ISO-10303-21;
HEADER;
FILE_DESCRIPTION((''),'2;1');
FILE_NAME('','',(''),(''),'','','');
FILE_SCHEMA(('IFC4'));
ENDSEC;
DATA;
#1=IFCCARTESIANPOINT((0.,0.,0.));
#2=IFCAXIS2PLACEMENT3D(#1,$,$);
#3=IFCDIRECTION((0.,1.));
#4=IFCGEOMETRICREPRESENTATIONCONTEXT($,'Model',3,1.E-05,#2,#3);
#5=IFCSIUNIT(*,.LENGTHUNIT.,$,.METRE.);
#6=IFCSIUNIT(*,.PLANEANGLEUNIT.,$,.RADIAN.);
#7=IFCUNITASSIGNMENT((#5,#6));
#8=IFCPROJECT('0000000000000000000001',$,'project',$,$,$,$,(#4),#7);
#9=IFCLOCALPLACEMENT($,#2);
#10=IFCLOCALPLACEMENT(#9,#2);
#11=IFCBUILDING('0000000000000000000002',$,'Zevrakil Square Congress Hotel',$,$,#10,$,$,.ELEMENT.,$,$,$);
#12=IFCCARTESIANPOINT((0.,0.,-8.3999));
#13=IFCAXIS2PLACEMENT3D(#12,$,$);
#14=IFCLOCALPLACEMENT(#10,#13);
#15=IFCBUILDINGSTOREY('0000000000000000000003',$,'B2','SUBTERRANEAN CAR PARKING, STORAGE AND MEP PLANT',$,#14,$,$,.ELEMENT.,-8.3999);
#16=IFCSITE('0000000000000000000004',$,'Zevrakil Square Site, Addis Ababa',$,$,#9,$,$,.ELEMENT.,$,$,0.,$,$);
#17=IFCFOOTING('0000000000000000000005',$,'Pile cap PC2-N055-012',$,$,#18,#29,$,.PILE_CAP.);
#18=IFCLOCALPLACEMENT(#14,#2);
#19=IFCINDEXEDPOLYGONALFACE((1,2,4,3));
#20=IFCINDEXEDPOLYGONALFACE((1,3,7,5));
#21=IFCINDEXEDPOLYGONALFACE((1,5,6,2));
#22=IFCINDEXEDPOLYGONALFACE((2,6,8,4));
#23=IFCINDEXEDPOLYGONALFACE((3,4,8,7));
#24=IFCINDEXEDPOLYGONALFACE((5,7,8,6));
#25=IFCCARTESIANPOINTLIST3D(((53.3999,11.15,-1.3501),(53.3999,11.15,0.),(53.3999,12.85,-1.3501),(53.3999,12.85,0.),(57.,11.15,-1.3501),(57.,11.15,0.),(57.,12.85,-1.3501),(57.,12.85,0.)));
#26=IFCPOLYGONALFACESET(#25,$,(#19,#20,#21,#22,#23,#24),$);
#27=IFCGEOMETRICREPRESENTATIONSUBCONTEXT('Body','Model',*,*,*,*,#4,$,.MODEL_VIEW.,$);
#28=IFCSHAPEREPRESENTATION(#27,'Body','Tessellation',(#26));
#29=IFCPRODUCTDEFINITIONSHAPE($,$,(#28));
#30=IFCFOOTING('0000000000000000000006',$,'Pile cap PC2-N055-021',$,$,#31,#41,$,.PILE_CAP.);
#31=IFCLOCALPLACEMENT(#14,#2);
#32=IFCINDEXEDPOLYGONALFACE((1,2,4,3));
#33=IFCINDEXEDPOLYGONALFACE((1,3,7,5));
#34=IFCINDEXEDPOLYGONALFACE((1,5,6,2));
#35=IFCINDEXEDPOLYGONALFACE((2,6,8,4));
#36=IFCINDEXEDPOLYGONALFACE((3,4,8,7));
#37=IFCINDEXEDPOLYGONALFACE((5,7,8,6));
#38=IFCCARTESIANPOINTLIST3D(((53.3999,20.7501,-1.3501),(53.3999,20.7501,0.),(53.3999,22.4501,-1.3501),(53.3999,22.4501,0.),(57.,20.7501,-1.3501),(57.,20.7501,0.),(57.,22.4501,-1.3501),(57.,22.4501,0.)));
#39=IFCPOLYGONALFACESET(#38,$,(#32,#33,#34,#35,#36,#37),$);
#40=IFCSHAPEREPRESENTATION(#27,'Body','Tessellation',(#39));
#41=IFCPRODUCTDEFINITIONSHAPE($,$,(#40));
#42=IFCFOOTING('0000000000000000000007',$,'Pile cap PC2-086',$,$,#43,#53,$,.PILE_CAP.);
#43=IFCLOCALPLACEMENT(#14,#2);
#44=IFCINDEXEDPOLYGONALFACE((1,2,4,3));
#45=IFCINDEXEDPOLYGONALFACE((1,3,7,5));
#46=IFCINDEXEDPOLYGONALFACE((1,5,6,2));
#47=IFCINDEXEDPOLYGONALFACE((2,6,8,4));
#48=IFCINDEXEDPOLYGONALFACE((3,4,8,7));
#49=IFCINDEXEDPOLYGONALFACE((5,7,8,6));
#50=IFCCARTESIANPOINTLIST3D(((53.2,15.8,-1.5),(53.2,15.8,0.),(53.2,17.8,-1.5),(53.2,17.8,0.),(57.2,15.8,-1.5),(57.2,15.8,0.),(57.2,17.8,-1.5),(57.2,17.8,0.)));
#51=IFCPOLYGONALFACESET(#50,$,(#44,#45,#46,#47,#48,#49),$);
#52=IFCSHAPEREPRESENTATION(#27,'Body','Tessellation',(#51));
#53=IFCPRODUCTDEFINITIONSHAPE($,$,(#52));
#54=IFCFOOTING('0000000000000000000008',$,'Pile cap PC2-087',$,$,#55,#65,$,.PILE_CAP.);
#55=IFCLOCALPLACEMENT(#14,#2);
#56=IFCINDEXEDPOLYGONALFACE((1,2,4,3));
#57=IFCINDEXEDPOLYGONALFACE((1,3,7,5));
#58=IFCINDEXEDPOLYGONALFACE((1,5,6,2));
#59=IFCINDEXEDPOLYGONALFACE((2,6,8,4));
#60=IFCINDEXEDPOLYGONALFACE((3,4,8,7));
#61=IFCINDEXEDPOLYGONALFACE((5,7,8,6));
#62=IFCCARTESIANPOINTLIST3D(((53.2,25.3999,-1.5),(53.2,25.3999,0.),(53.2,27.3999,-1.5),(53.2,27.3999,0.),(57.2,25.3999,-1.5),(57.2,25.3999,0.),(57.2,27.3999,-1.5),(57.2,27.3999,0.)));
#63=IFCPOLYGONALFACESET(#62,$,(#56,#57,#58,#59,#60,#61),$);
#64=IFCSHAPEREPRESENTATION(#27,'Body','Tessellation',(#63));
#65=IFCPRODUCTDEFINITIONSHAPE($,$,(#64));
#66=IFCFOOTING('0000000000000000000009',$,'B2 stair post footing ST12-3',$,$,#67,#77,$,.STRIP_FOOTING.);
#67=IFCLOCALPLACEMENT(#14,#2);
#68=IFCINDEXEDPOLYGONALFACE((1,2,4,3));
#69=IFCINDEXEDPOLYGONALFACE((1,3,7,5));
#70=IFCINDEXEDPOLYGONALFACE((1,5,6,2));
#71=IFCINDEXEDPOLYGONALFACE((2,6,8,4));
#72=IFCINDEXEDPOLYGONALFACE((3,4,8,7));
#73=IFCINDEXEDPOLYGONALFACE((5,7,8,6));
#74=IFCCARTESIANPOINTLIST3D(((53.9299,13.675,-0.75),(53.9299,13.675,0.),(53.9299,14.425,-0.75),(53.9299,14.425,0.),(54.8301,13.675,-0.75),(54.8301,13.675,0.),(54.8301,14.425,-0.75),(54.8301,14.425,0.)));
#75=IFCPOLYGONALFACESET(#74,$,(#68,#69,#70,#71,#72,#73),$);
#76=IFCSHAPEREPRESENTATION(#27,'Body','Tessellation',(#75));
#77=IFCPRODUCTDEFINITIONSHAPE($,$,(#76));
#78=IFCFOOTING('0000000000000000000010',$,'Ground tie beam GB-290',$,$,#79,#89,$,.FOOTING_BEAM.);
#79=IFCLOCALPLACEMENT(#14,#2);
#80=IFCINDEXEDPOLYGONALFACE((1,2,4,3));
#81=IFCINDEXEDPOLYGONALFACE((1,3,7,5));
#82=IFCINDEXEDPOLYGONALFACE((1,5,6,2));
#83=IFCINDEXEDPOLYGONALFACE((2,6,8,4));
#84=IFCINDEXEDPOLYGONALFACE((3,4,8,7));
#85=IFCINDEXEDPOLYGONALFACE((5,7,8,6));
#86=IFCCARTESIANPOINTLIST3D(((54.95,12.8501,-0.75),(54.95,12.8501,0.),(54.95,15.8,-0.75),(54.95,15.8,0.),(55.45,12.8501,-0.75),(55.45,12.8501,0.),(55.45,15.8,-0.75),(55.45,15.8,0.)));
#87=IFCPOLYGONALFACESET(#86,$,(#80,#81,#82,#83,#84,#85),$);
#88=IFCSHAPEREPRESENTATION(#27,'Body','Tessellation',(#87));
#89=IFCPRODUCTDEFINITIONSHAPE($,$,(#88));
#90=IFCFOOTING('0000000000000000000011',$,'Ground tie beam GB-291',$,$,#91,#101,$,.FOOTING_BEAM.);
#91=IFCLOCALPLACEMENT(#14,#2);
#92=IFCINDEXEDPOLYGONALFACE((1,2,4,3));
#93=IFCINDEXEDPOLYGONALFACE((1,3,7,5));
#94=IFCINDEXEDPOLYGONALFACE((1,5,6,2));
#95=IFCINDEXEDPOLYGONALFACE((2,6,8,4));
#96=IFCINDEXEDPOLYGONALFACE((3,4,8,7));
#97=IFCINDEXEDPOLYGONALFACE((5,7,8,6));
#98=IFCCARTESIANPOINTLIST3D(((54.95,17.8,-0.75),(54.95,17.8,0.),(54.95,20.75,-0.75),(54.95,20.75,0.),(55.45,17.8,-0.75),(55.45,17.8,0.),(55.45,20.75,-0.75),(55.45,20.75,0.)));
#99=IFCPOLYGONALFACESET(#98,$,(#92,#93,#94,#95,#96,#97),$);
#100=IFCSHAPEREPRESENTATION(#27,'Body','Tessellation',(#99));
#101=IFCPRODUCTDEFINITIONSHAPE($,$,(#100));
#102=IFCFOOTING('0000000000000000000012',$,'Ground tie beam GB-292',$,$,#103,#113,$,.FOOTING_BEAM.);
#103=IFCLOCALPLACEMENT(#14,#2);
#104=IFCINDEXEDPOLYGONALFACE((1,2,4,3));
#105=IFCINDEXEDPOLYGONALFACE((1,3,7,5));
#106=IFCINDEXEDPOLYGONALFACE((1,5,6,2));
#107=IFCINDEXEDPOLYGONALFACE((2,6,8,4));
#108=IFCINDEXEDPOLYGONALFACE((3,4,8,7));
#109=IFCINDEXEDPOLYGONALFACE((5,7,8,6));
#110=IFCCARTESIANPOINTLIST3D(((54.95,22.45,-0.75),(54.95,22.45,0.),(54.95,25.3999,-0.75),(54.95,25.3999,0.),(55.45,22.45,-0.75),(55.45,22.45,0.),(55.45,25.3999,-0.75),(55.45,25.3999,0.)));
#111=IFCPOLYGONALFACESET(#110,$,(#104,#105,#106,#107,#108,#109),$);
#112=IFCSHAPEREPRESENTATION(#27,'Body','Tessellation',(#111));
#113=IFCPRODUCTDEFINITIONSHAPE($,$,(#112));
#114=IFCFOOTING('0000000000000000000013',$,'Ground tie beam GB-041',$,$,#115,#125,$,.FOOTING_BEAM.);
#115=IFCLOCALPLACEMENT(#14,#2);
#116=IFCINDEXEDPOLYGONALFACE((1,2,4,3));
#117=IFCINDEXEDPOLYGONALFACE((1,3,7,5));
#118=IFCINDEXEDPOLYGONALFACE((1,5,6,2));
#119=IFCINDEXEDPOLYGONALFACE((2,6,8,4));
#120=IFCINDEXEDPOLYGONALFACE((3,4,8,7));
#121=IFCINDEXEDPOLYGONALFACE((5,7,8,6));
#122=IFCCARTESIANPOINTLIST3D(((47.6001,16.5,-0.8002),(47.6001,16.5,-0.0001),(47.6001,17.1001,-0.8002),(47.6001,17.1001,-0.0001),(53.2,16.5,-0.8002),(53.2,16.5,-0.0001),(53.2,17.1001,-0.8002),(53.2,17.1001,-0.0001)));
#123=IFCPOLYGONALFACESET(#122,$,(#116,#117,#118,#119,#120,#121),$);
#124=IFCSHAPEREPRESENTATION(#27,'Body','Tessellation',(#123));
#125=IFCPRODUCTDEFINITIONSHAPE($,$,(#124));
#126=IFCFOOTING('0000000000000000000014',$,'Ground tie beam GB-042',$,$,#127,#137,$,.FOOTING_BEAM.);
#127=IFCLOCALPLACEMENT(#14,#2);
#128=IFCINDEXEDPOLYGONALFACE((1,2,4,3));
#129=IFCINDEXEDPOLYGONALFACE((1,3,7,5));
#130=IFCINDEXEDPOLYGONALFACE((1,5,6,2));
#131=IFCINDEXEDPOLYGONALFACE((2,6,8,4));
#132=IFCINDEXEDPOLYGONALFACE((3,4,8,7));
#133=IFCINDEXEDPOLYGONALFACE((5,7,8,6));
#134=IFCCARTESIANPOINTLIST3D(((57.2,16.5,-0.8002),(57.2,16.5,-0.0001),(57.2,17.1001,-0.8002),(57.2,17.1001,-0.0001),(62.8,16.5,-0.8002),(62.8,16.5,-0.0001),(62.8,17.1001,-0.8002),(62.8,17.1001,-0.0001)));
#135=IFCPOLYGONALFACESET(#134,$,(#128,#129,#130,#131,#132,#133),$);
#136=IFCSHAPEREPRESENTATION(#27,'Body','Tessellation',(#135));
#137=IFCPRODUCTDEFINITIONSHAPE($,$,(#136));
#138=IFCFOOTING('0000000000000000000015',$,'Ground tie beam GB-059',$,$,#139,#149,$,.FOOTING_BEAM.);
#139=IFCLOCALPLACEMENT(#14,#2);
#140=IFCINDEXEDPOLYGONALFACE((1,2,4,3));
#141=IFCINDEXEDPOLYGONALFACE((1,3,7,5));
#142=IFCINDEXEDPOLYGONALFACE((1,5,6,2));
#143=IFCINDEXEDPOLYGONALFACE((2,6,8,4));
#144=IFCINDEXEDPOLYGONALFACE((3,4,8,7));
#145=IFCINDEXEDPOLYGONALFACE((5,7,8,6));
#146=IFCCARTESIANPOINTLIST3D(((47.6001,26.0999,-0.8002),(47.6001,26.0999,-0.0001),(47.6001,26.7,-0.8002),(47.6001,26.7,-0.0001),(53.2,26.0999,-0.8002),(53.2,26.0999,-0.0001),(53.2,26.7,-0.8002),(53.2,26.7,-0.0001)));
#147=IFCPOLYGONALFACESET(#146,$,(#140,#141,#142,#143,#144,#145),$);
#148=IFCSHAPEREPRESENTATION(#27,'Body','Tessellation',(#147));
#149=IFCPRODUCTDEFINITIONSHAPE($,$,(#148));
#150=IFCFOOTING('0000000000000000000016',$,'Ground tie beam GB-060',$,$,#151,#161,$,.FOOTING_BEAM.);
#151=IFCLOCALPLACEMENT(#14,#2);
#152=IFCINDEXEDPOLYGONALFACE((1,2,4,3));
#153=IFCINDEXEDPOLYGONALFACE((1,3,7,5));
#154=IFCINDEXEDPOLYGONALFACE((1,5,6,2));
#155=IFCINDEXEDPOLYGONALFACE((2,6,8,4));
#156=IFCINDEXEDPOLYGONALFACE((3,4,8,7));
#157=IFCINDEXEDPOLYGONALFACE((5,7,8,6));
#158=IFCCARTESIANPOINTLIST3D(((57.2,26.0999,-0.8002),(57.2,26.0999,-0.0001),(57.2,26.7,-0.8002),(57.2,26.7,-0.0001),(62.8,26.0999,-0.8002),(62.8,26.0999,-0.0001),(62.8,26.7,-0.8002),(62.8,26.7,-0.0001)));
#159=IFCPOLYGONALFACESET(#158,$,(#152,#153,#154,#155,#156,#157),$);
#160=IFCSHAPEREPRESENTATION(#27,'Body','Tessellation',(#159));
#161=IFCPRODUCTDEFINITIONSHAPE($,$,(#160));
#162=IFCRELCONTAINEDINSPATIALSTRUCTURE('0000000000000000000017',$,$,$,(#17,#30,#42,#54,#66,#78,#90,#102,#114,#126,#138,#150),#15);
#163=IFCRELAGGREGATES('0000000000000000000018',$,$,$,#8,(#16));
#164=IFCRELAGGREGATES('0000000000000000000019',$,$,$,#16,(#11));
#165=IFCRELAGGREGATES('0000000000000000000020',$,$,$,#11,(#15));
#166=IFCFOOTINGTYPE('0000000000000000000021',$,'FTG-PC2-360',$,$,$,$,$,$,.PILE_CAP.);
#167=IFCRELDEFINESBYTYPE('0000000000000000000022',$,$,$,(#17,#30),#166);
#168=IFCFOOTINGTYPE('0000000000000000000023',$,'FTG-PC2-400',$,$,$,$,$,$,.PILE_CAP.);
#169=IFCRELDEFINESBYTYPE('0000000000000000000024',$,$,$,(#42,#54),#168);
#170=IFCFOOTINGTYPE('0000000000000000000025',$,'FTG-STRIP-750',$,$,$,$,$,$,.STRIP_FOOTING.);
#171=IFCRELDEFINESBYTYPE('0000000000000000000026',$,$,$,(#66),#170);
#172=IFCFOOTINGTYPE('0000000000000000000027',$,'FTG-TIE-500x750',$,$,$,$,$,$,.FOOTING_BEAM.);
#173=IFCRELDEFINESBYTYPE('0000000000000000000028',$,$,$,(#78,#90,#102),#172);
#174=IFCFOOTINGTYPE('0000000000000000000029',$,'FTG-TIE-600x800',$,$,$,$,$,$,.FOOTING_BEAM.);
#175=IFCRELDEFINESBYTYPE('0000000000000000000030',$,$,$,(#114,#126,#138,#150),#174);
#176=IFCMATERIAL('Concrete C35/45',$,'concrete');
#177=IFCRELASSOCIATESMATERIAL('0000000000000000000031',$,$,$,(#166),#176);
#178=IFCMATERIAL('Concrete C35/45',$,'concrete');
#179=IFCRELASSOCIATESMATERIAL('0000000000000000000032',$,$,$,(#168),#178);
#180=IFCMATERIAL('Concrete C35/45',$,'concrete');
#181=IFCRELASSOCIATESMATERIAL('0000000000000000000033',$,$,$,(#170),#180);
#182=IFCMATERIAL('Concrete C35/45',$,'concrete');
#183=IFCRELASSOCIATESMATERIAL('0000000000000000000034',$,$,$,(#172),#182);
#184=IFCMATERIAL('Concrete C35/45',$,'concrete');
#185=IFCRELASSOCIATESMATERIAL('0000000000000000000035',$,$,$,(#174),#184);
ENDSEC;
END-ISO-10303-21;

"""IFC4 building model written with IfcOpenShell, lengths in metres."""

from ifc_helpers import new_model, si_unit, direction, frame, origin, origin_2d, place, context, subcontext, project, spatial, rectangle, extrude, material, material_profile, profile_set, type_object, element, save


model = new_model("IFC4")

# Units and contexts
model_context = context("Model", 3, precision=1e-05, world=origin(), true_north=direction((0.0, 1.0)))
body_context = subcontext(model_context, "Body", "Model", "MODEL_VIEW")
ifc_project = project(units=[si_unit("LENGTHUNIT", "METRE"), si_unit("PLANEANGLEUNIT", "RADIAN")], contexts=[model_context])

# Site, building, storey
site_placement = place(None, origin())
site = spatial("IfcSite", under=ifc_project, at=site_placement, Name="Zevrakil Square Site, Addis Ababa", CompositionType="ELEMENT", RefElevation=0.0)
building_placement = place(site_placement, origin())
building = spatial("IfcBuilding", under=site, at=building_placement, Name="Zevrakil Square Congress Hotel", CompositionType="ELEMENT")
storey_placement = place(building_placement, frame((0.0, 0.0, -8.3999)))
storey = spatial("IfcBuildingStorey", under=building, at=storey_placement, Name="B2", Description="SUBTERRANEAN CAR PARKING, STORAGE AND MEP PLANT", CompositionType="ELEMENT", Elevation=-8.3999)

# Footings
ifc_material_1 = material(Name="Concrete C35/45", Category="concrete")
footing_type_1 = type_object("IfcFootingType", Name="FTG-PC2-360", PredefinedType="PILE_CAP", material=ifc_material_1)
for number, where, z_axis, x_axis, name in (
    (1, (55.2, 12.0, -1.3501), (0.0, 0.0, 1.0), (1.0, 0.0, 0.0), "Pile cap PC2-N055-012"),
    (2, (55.2, 21.6001, -1.3501), (0.0, 0.0, 1.0), (1.0, 0.0, 0.0), "Pile cap PC2-N055-021"),
):
    element("IfcFooting", number, at=place(storey_placement, frame(where, z_axis=z_axis, x_axis=x_axis)), inside=storey, type_object=footing_type_1, Name=name, PredefinedType="PILE_CAP", context=body_context, shape_type="SweptSolid", body=[
        extrude(rectangle(XDim=3.6001, YDim=1.7, at=origin_2d()), origin(), (0.0, 0.0, 1.0), 1.3501),
    ])
ifc_material_2 = material(Name="Concrete C35/45", Category="concrete")
footing_type_2 = type_object("IfcFootingType", Name="FTG-PC2-400", PredefinedType="PILE_CAP", material=ifc_material_2)
for number, where, z_axis, x_axis, name in (
    (3, (55.2, 16.8, -1.5), (0.0, 0.0, 1.0), (1.0, 0.0, 0.0), "Pile cap PC2-086"),
    (4, (55.2, 26.3999, -1.5), (0.0, 0.0, 1.0), (1.0, 0.0, 0.0), "Pile cap PC2-087"),
):
    element("IfcFooting", number, at=place(storey_placement, frame(where, z_axis=z_axis, x_axis=x_axis)), inside=storey, type_object=footing_type_2, Name=name, PredefinedType="PILE_CAP", context=body_context, shape_type="SweptSolid", body=[
        extrude(rectangle(XDim=4.0, YDim=2.0, at=origin_2d()), origin(), (0.0, 0.0, 1.0), 1.5),
    ])
ifc_material_3 = material(Name="Concrete C35/45", Category="concrete")
ifc_material_profile_1 = material_profile(ifc_material_3, rectangle(XDim=0.75, YDim=0.75, at=origin_2d()), Name="RC 750x750")
ifc_profile_set_1 = profile_set([ifc_material_profile_1], Name="Concrete C35/45")
footing_type_3 = type_object("IfcFootingType", Name="FTG-STRIP-750", PredefinedType="STRIP_FOOTING", material=ifc_profile_set_1)
footing_1_placement = place(storey_placement, frame((53.9299, 14.05, -0.375), z_axis=(1.0, 0.0, 0.0), x_axis=(0.0, 1.0, 0.0)))
element("IfcFooting", 5, at=footing_1_placement, inside=storey, type_object=footing_type_3, Name="B2 stair post footing ST12-3", PredefinedType="STRIP_FOOTING", context=body_context, shape_type="SweptSolid", body=[
    extrude(rectangle(XDim=0.75, YDim=0.75, at=origin_2d()), origin(), (0.0, 0.0, 1.0), 0.9001),
])
ifc_material_4 = material(Name="Concrete C35/45", Category="concrete")
ifc_material_profile_2 = material_profile(ifc_material_4, rectangle(XDim=0.5, YDim=0.75, at=origin_2d()), Name="RC 500x750")
ifc_profile_set_2 = profile_set([ifc_material_profile_2], Name="Concrete C35/45")
footing_type_4 = type_object("IfcFootingType", Name="FTG-TIE-500x750", PredefinedType="FOOTING_BEAM", material=ifc_profile_set_2)
for number, where, z_axis, x_axis, name in (
    (6, (55.2, 12.8501, -0.375), (0.0, 1.0, 0.0), (-1.0, 0.0, 0.0), "Ground tie beam GB-290"),
    (7, (55.2, 17.8, -0.375), (0.0, 1.0, 0.0), (-1.0, 0.0, 0.0), "Ground tie beam GB-291"),
    (8, (55.2, 22.45, -0.375), (0.0, 1.0, 0.0), (-1.0, 0.0, 0.0), "Ground tie beam GB-292"),
):
    element("IfcFooting", number, at=place(storey_placement, frame(where, z_axis=z_axis, x_axis=x_axis)), inside=storey, type_object=footing_type_4, Name=name, PredefinedType="FOOTING_BEAM", context=body_context, shape_type="SweptSolid", body=[
        extrude(rectangle(XDim=0.5, YDim=0.75, at=origin_2d()), origin(), (0.0, 0.0, 1.0), 2.95),
    ])
ifc_material_5 = material(Name="Concrete C35/45", Category="concrete")
ifc_material_profile_3 = material_profile(ifc_material_5, rectangle(XDim=0.6001, YDim=0.8, at=origin_2d()), Name="RC 600x800")
ifc_profile_set_3 = profile_set([ifc_material_profile_3], Name="Concrete C35/45")
footing_type_5 = type_object("IfcFootingType", Name="FTG-TIE-600x800", PredefinedType="FOOTING_BEAM", material=ifc_profile_set_3)
footing_2_placement = place(storey_placement, frame((47.6001, 16.8, -0.4001), z_axis=(1.0, 0.0, 0.0), x_axis=(0.0, 1.0, 0.0)))
element("IfcFooting", 9, at=footing_2_placement, inside=storey, type_object=footing_type_5, Name="Ground tie beam GB-041", PredefinedType="FOOTING_BEAM", context=body_context, shape_type="SweptSolid", body=[
    extrude(rectangle(XDim=0.6001, YDim=0.8, at=origin_2d()), origin(), (0.0, 0.0, 1.0), 5.5999),
])
footing_3_placement = place(storey_placement, frame((57.2, 16.8, -0.4001), z_axis=(1.0, 0.0, 0.0), x_axis=(0.0, 1.0, 0.0)))
element("IfcFooting", 10, at=footing_3_placement, inside=storey, type_object=footing_type_5, Name="Ground tie beam GB-042", PredefinedType="FOOTING_BEAM", context=body_context, shape_type="SweptSolid", body=[
    extrude(rectangle(XDim=0.6001, YDim=0.8, at=origin_2d()), origin(), (0.0, 0.0, 1.0), 5.6001),
])
footing_4_placement = place(storey_placement, frame((47.6001, 26.3999, -0.4001), z_axis=(1.0, 0.0, 0.0), x_axis=(0.0, 1.0, 0.0)))
element("IfcFooting", 11, at=footing_4_placement, inside=storey, type_object=footing_type_5, Name="Ground tie beam GB-059", PredefinedType="FOOTING_BEAM", context=body_context, shape_type="SweptSolid", body=[
    extrude(rectangle(XDim=0.6001, YDim=0.8, at=origin_2d()), origin(), (0.0, 0.0, 1.0), 5.5999),
])
footing_5_placement = place(storey_placement, frame((57.2, 26.3999, -0.4001), z_axis=(1.0, 0.0, 0.0), x_axis=(0.0, 1.0, 0.0)))
element("IfcFooting", 12, at=footing_5_placement, inside=storey, type_object=footing_type_5, Name="Ground tie beam GB-060", PredefinedType="FOOTING_BEAM", context=body_context, shape_type="SweptSolid", body=[
    extrude(rectangle(XDim=0.6001, YDim=0.8, at=origin_2d()), origin(), (0.0, 0.0, 1.0), 5.6001),
])

save(model, "model.ifc")
